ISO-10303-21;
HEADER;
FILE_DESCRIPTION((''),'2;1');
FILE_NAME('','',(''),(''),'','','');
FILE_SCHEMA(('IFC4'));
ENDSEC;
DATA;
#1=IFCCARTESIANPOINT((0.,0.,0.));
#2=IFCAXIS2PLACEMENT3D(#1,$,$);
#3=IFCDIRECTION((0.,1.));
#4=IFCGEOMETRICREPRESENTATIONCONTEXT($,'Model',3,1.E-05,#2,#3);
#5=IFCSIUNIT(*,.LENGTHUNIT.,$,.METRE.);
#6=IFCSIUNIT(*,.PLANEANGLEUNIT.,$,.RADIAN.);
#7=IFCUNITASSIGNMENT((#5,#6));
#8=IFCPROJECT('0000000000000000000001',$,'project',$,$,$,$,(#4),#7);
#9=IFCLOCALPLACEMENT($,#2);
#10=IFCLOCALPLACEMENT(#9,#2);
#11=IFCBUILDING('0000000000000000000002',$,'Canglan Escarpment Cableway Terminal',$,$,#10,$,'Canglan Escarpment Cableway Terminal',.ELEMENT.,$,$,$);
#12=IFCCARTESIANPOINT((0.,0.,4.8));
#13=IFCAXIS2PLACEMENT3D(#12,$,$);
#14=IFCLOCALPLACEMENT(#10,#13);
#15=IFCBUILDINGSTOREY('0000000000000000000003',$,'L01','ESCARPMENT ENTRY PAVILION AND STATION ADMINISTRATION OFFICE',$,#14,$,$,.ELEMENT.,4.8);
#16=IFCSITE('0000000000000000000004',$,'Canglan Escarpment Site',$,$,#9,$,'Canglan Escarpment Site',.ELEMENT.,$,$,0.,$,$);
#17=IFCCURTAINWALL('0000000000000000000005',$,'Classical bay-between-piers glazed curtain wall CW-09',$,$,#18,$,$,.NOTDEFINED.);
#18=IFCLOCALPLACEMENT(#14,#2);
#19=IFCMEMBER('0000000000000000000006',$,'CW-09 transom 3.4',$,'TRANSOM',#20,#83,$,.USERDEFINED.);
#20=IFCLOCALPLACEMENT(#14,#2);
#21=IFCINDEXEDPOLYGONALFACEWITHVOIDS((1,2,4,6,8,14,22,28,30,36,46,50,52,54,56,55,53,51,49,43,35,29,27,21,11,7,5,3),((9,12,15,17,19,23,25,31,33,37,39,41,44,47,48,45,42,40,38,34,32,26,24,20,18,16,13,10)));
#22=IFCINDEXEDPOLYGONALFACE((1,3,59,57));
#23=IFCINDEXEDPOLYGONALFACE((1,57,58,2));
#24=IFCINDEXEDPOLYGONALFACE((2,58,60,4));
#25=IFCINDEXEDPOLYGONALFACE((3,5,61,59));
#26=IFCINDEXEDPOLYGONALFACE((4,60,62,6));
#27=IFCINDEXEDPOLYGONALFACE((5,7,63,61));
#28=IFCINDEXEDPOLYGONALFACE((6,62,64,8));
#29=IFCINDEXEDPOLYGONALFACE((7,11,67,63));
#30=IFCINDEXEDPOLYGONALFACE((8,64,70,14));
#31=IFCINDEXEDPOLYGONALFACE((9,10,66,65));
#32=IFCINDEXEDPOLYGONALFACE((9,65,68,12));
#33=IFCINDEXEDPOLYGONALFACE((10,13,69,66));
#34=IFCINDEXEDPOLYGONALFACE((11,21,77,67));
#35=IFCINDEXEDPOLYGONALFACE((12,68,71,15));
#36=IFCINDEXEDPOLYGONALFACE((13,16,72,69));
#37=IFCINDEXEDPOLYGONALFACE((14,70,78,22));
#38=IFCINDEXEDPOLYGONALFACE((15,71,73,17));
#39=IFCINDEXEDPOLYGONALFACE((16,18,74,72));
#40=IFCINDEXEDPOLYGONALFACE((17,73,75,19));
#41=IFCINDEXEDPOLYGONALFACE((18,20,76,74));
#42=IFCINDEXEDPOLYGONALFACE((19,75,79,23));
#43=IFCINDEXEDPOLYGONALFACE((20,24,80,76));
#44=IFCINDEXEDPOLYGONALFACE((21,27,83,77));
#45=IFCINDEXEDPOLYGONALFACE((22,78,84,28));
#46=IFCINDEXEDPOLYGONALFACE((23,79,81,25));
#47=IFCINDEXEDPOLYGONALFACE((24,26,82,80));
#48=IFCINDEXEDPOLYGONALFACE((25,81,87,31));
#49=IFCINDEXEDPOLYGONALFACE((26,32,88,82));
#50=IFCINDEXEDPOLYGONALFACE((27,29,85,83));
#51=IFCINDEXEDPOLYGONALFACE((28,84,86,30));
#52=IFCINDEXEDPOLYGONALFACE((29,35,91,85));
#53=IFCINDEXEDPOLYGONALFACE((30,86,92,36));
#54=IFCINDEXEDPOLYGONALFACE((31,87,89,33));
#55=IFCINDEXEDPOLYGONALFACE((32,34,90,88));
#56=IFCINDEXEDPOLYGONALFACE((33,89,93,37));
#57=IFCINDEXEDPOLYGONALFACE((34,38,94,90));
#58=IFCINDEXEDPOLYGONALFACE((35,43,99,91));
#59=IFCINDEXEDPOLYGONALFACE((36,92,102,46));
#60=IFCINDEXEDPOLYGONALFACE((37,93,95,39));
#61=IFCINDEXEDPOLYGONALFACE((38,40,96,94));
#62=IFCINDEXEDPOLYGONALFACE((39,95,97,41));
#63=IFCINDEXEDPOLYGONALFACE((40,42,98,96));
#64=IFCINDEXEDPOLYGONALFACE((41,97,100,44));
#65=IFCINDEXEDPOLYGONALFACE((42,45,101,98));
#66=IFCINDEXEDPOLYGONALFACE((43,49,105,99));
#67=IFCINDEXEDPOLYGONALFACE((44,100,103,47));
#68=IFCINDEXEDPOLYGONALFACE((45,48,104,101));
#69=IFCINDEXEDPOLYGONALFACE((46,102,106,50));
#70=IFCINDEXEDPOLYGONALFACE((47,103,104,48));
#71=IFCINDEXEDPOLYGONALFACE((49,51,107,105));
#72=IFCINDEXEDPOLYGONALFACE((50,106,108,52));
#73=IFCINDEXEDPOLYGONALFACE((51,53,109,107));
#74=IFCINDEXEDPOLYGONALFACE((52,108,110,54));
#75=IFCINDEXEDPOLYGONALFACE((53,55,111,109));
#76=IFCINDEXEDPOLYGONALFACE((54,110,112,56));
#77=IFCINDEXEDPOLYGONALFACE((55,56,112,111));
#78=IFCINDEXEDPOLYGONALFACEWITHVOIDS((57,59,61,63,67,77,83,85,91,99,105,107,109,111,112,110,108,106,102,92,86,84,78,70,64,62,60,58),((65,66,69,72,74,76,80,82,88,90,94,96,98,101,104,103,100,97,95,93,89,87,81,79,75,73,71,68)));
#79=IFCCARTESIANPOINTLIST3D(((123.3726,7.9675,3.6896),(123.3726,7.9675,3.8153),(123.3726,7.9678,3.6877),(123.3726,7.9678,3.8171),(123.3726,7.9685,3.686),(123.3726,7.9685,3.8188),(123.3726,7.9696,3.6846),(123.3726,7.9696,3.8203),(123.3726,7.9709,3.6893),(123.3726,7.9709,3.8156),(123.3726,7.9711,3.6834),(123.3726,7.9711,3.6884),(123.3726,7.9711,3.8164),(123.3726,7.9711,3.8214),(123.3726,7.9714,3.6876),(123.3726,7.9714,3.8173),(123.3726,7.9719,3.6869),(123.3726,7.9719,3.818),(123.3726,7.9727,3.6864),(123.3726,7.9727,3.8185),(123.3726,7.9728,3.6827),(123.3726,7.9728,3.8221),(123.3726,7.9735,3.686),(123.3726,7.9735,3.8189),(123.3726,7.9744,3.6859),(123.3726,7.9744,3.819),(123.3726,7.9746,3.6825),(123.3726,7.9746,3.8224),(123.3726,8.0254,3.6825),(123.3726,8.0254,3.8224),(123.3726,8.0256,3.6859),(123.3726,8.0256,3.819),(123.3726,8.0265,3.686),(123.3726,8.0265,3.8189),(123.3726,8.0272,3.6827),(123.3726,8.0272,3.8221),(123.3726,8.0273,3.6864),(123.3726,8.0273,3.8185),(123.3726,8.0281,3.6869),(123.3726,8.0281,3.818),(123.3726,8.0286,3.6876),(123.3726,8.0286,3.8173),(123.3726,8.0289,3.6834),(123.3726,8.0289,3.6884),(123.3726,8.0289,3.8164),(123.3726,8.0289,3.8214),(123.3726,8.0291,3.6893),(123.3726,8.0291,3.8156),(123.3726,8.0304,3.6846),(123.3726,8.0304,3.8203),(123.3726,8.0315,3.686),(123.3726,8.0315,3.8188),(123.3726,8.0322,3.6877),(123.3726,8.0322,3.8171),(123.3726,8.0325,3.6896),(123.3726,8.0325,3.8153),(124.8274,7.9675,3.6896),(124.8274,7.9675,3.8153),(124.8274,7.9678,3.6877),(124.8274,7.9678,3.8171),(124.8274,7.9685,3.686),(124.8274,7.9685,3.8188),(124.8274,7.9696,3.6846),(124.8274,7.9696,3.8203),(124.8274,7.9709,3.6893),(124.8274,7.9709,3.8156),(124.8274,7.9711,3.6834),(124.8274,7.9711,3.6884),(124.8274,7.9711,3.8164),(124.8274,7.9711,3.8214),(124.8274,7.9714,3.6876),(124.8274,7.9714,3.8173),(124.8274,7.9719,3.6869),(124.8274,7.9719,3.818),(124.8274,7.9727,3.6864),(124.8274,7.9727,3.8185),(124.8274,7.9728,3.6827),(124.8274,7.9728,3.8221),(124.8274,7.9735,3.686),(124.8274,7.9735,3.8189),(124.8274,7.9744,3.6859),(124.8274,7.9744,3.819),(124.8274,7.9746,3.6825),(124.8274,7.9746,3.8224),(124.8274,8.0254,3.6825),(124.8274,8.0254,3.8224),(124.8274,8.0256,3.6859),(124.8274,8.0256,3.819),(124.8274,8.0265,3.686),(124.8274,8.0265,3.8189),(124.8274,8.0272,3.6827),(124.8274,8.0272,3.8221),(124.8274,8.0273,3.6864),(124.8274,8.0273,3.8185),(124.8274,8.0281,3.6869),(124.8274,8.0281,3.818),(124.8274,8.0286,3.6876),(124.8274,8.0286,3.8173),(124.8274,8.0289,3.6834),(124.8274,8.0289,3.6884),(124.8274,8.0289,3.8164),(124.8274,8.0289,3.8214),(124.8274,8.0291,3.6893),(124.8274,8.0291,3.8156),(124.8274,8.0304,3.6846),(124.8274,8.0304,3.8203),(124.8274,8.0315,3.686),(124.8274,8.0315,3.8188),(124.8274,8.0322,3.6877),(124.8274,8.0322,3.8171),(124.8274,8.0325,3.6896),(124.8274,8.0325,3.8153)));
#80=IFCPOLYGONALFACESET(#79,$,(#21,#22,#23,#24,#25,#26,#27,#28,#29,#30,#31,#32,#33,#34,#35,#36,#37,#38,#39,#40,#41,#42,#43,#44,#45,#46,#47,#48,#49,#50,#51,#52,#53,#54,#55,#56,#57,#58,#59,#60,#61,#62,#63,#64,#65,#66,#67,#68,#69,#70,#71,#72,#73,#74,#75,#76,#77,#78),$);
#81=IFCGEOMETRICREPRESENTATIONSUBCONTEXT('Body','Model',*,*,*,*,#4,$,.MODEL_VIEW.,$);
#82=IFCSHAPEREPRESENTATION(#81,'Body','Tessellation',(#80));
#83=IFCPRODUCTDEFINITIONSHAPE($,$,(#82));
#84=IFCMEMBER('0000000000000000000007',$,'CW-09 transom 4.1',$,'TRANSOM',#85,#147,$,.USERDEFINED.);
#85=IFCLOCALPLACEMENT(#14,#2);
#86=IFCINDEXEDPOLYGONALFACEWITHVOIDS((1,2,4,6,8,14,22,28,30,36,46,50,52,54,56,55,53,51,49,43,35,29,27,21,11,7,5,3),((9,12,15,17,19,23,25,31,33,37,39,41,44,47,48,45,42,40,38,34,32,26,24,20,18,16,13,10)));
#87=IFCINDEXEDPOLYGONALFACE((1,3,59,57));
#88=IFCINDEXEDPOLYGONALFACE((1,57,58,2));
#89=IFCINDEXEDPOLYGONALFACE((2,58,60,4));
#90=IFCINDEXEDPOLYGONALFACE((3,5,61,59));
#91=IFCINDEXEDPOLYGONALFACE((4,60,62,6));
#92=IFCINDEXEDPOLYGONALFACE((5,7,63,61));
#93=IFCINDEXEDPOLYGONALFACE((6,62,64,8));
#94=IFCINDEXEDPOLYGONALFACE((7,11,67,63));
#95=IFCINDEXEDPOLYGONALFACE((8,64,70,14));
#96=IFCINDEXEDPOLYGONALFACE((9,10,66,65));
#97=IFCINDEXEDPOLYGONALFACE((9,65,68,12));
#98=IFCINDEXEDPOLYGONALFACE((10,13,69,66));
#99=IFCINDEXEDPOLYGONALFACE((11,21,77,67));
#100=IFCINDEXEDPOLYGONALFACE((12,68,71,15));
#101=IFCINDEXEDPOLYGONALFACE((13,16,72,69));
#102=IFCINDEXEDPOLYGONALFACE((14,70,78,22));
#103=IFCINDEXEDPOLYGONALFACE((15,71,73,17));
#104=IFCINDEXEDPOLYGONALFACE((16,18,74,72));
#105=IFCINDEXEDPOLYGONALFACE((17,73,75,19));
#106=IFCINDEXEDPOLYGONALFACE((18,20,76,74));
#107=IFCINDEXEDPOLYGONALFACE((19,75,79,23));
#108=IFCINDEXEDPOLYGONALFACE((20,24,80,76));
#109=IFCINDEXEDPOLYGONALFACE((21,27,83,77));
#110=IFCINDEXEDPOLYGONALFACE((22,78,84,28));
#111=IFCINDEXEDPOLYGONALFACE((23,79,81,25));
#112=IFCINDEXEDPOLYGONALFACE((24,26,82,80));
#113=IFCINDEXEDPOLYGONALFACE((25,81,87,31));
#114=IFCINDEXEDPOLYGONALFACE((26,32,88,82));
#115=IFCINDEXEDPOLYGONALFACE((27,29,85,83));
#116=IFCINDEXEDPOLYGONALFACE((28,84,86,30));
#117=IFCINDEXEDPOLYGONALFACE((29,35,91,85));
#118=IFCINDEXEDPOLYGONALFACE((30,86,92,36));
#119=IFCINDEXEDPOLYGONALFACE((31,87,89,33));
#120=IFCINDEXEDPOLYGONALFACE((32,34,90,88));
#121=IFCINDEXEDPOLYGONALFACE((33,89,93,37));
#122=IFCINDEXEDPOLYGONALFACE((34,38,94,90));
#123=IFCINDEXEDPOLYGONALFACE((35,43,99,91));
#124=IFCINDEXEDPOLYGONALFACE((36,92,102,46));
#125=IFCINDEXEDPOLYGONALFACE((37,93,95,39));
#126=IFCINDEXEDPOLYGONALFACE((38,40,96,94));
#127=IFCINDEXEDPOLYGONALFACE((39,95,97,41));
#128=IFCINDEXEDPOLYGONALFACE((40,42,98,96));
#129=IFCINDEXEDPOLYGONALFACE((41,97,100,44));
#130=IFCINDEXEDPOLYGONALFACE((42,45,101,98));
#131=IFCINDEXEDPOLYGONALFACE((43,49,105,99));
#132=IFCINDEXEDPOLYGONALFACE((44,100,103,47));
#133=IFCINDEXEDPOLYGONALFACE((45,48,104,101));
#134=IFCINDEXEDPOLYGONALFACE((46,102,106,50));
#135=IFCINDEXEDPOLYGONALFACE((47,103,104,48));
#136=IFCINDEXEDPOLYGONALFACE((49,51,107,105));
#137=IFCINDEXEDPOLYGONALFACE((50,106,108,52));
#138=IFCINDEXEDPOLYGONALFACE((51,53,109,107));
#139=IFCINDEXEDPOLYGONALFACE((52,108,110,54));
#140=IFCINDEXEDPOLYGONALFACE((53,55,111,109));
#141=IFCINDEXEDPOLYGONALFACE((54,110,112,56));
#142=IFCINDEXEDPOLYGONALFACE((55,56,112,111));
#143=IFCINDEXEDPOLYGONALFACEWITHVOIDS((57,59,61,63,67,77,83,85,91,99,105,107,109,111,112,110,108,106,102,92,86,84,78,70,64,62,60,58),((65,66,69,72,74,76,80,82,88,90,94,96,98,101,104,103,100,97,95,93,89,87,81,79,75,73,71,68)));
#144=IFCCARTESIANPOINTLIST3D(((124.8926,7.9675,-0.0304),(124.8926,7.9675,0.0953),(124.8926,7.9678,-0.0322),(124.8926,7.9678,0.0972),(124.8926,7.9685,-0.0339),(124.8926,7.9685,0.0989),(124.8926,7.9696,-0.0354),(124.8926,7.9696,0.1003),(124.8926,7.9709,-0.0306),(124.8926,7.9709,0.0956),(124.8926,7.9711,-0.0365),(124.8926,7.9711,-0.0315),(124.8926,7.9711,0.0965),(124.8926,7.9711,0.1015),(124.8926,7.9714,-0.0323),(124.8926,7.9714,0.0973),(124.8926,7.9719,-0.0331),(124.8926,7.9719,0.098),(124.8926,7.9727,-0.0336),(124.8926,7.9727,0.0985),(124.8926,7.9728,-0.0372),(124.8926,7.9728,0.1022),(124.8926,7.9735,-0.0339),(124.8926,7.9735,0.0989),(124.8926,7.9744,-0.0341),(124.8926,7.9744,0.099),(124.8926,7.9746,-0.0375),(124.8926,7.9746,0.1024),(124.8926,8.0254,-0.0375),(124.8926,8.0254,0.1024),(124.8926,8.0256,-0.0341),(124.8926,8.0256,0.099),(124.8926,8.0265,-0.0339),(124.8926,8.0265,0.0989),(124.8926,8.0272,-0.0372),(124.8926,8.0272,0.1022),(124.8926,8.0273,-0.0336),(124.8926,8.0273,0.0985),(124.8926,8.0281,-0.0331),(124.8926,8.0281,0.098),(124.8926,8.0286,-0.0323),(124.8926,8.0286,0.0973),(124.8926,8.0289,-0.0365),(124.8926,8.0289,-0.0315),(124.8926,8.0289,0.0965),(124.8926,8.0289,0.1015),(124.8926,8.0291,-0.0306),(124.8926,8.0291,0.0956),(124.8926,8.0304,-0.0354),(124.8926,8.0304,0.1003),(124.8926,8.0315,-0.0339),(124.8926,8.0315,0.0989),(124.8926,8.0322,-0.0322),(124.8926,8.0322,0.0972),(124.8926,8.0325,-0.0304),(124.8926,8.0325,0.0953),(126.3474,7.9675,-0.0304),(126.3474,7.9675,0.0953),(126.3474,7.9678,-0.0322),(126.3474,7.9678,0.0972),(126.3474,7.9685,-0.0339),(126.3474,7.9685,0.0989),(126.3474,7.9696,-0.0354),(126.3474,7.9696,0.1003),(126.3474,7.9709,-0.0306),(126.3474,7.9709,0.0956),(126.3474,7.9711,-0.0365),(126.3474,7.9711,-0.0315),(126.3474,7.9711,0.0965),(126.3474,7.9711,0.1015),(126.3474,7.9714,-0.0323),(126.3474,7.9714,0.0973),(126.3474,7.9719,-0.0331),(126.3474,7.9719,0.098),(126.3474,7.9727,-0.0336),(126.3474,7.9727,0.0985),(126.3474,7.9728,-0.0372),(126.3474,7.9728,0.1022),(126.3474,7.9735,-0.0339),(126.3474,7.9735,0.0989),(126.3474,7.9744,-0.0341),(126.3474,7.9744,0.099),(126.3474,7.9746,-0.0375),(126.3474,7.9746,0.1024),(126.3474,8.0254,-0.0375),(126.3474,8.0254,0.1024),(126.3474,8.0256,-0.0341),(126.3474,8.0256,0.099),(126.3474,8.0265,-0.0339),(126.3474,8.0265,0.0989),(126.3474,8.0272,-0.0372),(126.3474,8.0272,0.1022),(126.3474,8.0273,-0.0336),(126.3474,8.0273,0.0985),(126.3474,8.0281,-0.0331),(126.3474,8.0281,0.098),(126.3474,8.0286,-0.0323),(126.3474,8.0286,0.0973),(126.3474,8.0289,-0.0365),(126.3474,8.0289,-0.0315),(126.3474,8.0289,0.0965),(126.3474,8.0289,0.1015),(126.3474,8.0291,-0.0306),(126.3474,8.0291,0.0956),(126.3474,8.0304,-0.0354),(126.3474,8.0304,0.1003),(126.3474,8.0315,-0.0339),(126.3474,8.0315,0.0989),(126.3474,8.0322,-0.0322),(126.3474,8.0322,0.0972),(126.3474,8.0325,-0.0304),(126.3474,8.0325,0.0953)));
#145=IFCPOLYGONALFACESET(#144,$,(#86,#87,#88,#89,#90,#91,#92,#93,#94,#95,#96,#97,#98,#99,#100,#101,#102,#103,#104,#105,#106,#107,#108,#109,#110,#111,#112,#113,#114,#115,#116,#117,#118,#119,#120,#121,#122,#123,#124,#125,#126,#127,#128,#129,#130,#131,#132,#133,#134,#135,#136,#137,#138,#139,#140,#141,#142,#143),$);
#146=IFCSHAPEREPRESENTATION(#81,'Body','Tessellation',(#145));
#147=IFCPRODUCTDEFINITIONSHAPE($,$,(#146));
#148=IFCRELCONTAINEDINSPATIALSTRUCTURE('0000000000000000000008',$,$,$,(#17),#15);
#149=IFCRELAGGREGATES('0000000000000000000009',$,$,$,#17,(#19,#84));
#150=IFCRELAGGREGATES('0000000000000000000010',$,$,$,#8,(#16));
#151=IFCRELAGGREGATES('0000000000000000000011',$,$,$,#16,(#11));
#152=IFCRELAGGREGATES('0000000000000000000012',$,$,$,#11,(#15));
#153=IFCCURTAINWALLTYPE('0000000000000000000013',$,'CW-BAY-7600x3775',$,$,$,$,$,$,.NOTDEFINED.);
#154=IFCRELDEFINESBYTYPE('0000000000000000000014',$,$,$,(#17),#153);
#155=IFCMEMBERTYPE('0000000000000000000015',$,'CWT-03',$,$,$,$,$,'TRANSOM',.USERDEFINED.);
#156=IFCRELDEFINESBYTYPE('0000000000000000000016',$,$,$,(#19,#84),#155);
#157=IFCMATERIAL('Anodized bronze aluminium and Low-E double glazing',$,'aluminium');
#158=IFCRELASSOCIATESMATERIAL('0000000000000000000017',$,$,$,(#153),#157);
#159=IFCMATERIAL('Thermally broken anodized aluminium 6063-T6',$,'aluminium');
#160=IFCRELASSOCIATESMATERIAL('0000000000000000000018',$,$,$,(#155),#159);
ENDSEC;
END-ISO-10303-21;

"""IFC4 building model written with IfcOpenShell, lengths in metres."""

from ifc_helpers import new_model, si_unit, direction, frame, origin, origin_2d, place, context, subcontext, project, spatial, hollow_rectangle, extrude, material, material_profile, profile_set, type_object, element, aggregate, save


model = new_model("IFC4")

# Units and contexts
model_context = context("Model", 3, precision=1e-05, world=origin(), true_north=direction((0.0, 1.0)))
body_context = subcontext(model_context, "Body", "Model", "MODEL_VIEW")
ifc_project = project(units=[si_unit("LENGTHUNIT", "METRE"), si_unit("PLANEANGLEUNIT", "RADIAN")], contexts=[model_context])

# Site, building, storey
site_placement = place(None, origin())
site = spatial("IfcSite", under=ifc_project, at=site_placement, Name="Canglan Escarpment Site", LongName="Canglan Escarpment Site", CompositionType="ELEMENT", RefElevation=0.0)
building_placement = place(site_placement, origin())
building = spatial("IfcBuilding", under=site, at=building_placement, Name="Canglan Escarpment Cableway Terminal", LongName="Canglan Escarpment Cableway Terminal", CompositionType="ELEMENT")
storey_placement = place(building_placement, frame((0.0, 0.0, 4.8)))
storey = spatial("IfcBuildingStorey", under=building, at=storey_placement, Name="L01", Description="ESCARPMENT ENTRY PAVILION AND STATION ADMINISTRATION OFFICE", CompositionType="ELEMENT", Elevation=4.8)

# Curtain wall, members
ifc_material_1 = material(Name="Anodized bronze aluminium and Low-E double glazing", Category="aluminium")
curtain_wall_type = type_object("IfcCurtainWallType", Name="CW-BAY-7600x3775", PredefinedType="NOTDEFINED", material=ifc_material_1)
curtain_wall_placement = place(storey_placement, origin())
curtain_wall = element("IfcCurtainWall", 1, at=curtain_wall_placement, inside=storey, type_object=curtain_wall_type, Name="Classical bay-between-piers glazed curtain wall CW-09", PredefinedType="NOTDEFINED")
ifc_material_2 = material(Name="Thermally broken anodized aluminium 6063-T6", Category="aluminium")
ifc_material_profile_1 = material_profile(ifc_material_2, hollow_rectangle(XDim=0.0649, YDim=0.1399, WallThickness=0.0034, InnerFilletRadius=0.0034, OuterFilletRadius=0.0071, at=origin_2d()), Name="ALU-TRAN 65x140x3.5")
ifc_profile_set_1 = profile_set([ifc_material_profile_1], Name="Thermally broken anodized aluminium 6063-T6")
member_type_1 = type_object("IfcMemberType", Name="CWT-03", ElementType="TRANSOM", PredefinedType="USERDEFINED", material=ifc_profile_set_1)
member_1_placement = place(storey_placement, frame((123.3726, 8.0, 3.7524), z_axis=(1.0, 0.0, 0.0), x_axis=(0.0, 1.0, 0.0)))
member_1 = element("IfcMember", 2, at=member_1_placement, type_object=member_type_1, Name="CW-09 transom 3.4", ObjectType="TRANSOM", PredefinedType="USERDEFINED", context=body_context, shape_type="SweptSolid", body=[
    extrude(hollow_rectangle(XDim=0.0649, YDim=0.1399, WallThickness=0.0034, InnerFilletRadius=0.0034, OuterFilletRadius=0.0071, at=origin_2d()), origin(), (0.0, 0.0, 1.0), 1.4548),
])
member_2_placement = place(storey_placement, frame((124.8926, 8.0, 0.0325), z_axis=(1.0, 0.0, 0.0), x_axis=(0.0, 1.0, 0.0)))
member_2 = element("IfcMember", 3, at=member_2_placement, type_object=member_type_1, Name="CW-09 transom 4.1", ObjectType="TRANSOM", PredefinedType="USERDEFINED", context=body_context, shape_type="SweptSolid", body=[
    extrude(hollow_rectangle(XDim=0.0649, YDim=0.1399, WallThickness=0.0034, InnerFilletRadius=0.0034, OuterFilletRadius=0.0071, at=origin_2d()), origin(), (0.0, 0.0, 1.0), 1.4548),
])
aggregate(curtain_wall, [member_1, member_2])

save(model, "model.ifc")
